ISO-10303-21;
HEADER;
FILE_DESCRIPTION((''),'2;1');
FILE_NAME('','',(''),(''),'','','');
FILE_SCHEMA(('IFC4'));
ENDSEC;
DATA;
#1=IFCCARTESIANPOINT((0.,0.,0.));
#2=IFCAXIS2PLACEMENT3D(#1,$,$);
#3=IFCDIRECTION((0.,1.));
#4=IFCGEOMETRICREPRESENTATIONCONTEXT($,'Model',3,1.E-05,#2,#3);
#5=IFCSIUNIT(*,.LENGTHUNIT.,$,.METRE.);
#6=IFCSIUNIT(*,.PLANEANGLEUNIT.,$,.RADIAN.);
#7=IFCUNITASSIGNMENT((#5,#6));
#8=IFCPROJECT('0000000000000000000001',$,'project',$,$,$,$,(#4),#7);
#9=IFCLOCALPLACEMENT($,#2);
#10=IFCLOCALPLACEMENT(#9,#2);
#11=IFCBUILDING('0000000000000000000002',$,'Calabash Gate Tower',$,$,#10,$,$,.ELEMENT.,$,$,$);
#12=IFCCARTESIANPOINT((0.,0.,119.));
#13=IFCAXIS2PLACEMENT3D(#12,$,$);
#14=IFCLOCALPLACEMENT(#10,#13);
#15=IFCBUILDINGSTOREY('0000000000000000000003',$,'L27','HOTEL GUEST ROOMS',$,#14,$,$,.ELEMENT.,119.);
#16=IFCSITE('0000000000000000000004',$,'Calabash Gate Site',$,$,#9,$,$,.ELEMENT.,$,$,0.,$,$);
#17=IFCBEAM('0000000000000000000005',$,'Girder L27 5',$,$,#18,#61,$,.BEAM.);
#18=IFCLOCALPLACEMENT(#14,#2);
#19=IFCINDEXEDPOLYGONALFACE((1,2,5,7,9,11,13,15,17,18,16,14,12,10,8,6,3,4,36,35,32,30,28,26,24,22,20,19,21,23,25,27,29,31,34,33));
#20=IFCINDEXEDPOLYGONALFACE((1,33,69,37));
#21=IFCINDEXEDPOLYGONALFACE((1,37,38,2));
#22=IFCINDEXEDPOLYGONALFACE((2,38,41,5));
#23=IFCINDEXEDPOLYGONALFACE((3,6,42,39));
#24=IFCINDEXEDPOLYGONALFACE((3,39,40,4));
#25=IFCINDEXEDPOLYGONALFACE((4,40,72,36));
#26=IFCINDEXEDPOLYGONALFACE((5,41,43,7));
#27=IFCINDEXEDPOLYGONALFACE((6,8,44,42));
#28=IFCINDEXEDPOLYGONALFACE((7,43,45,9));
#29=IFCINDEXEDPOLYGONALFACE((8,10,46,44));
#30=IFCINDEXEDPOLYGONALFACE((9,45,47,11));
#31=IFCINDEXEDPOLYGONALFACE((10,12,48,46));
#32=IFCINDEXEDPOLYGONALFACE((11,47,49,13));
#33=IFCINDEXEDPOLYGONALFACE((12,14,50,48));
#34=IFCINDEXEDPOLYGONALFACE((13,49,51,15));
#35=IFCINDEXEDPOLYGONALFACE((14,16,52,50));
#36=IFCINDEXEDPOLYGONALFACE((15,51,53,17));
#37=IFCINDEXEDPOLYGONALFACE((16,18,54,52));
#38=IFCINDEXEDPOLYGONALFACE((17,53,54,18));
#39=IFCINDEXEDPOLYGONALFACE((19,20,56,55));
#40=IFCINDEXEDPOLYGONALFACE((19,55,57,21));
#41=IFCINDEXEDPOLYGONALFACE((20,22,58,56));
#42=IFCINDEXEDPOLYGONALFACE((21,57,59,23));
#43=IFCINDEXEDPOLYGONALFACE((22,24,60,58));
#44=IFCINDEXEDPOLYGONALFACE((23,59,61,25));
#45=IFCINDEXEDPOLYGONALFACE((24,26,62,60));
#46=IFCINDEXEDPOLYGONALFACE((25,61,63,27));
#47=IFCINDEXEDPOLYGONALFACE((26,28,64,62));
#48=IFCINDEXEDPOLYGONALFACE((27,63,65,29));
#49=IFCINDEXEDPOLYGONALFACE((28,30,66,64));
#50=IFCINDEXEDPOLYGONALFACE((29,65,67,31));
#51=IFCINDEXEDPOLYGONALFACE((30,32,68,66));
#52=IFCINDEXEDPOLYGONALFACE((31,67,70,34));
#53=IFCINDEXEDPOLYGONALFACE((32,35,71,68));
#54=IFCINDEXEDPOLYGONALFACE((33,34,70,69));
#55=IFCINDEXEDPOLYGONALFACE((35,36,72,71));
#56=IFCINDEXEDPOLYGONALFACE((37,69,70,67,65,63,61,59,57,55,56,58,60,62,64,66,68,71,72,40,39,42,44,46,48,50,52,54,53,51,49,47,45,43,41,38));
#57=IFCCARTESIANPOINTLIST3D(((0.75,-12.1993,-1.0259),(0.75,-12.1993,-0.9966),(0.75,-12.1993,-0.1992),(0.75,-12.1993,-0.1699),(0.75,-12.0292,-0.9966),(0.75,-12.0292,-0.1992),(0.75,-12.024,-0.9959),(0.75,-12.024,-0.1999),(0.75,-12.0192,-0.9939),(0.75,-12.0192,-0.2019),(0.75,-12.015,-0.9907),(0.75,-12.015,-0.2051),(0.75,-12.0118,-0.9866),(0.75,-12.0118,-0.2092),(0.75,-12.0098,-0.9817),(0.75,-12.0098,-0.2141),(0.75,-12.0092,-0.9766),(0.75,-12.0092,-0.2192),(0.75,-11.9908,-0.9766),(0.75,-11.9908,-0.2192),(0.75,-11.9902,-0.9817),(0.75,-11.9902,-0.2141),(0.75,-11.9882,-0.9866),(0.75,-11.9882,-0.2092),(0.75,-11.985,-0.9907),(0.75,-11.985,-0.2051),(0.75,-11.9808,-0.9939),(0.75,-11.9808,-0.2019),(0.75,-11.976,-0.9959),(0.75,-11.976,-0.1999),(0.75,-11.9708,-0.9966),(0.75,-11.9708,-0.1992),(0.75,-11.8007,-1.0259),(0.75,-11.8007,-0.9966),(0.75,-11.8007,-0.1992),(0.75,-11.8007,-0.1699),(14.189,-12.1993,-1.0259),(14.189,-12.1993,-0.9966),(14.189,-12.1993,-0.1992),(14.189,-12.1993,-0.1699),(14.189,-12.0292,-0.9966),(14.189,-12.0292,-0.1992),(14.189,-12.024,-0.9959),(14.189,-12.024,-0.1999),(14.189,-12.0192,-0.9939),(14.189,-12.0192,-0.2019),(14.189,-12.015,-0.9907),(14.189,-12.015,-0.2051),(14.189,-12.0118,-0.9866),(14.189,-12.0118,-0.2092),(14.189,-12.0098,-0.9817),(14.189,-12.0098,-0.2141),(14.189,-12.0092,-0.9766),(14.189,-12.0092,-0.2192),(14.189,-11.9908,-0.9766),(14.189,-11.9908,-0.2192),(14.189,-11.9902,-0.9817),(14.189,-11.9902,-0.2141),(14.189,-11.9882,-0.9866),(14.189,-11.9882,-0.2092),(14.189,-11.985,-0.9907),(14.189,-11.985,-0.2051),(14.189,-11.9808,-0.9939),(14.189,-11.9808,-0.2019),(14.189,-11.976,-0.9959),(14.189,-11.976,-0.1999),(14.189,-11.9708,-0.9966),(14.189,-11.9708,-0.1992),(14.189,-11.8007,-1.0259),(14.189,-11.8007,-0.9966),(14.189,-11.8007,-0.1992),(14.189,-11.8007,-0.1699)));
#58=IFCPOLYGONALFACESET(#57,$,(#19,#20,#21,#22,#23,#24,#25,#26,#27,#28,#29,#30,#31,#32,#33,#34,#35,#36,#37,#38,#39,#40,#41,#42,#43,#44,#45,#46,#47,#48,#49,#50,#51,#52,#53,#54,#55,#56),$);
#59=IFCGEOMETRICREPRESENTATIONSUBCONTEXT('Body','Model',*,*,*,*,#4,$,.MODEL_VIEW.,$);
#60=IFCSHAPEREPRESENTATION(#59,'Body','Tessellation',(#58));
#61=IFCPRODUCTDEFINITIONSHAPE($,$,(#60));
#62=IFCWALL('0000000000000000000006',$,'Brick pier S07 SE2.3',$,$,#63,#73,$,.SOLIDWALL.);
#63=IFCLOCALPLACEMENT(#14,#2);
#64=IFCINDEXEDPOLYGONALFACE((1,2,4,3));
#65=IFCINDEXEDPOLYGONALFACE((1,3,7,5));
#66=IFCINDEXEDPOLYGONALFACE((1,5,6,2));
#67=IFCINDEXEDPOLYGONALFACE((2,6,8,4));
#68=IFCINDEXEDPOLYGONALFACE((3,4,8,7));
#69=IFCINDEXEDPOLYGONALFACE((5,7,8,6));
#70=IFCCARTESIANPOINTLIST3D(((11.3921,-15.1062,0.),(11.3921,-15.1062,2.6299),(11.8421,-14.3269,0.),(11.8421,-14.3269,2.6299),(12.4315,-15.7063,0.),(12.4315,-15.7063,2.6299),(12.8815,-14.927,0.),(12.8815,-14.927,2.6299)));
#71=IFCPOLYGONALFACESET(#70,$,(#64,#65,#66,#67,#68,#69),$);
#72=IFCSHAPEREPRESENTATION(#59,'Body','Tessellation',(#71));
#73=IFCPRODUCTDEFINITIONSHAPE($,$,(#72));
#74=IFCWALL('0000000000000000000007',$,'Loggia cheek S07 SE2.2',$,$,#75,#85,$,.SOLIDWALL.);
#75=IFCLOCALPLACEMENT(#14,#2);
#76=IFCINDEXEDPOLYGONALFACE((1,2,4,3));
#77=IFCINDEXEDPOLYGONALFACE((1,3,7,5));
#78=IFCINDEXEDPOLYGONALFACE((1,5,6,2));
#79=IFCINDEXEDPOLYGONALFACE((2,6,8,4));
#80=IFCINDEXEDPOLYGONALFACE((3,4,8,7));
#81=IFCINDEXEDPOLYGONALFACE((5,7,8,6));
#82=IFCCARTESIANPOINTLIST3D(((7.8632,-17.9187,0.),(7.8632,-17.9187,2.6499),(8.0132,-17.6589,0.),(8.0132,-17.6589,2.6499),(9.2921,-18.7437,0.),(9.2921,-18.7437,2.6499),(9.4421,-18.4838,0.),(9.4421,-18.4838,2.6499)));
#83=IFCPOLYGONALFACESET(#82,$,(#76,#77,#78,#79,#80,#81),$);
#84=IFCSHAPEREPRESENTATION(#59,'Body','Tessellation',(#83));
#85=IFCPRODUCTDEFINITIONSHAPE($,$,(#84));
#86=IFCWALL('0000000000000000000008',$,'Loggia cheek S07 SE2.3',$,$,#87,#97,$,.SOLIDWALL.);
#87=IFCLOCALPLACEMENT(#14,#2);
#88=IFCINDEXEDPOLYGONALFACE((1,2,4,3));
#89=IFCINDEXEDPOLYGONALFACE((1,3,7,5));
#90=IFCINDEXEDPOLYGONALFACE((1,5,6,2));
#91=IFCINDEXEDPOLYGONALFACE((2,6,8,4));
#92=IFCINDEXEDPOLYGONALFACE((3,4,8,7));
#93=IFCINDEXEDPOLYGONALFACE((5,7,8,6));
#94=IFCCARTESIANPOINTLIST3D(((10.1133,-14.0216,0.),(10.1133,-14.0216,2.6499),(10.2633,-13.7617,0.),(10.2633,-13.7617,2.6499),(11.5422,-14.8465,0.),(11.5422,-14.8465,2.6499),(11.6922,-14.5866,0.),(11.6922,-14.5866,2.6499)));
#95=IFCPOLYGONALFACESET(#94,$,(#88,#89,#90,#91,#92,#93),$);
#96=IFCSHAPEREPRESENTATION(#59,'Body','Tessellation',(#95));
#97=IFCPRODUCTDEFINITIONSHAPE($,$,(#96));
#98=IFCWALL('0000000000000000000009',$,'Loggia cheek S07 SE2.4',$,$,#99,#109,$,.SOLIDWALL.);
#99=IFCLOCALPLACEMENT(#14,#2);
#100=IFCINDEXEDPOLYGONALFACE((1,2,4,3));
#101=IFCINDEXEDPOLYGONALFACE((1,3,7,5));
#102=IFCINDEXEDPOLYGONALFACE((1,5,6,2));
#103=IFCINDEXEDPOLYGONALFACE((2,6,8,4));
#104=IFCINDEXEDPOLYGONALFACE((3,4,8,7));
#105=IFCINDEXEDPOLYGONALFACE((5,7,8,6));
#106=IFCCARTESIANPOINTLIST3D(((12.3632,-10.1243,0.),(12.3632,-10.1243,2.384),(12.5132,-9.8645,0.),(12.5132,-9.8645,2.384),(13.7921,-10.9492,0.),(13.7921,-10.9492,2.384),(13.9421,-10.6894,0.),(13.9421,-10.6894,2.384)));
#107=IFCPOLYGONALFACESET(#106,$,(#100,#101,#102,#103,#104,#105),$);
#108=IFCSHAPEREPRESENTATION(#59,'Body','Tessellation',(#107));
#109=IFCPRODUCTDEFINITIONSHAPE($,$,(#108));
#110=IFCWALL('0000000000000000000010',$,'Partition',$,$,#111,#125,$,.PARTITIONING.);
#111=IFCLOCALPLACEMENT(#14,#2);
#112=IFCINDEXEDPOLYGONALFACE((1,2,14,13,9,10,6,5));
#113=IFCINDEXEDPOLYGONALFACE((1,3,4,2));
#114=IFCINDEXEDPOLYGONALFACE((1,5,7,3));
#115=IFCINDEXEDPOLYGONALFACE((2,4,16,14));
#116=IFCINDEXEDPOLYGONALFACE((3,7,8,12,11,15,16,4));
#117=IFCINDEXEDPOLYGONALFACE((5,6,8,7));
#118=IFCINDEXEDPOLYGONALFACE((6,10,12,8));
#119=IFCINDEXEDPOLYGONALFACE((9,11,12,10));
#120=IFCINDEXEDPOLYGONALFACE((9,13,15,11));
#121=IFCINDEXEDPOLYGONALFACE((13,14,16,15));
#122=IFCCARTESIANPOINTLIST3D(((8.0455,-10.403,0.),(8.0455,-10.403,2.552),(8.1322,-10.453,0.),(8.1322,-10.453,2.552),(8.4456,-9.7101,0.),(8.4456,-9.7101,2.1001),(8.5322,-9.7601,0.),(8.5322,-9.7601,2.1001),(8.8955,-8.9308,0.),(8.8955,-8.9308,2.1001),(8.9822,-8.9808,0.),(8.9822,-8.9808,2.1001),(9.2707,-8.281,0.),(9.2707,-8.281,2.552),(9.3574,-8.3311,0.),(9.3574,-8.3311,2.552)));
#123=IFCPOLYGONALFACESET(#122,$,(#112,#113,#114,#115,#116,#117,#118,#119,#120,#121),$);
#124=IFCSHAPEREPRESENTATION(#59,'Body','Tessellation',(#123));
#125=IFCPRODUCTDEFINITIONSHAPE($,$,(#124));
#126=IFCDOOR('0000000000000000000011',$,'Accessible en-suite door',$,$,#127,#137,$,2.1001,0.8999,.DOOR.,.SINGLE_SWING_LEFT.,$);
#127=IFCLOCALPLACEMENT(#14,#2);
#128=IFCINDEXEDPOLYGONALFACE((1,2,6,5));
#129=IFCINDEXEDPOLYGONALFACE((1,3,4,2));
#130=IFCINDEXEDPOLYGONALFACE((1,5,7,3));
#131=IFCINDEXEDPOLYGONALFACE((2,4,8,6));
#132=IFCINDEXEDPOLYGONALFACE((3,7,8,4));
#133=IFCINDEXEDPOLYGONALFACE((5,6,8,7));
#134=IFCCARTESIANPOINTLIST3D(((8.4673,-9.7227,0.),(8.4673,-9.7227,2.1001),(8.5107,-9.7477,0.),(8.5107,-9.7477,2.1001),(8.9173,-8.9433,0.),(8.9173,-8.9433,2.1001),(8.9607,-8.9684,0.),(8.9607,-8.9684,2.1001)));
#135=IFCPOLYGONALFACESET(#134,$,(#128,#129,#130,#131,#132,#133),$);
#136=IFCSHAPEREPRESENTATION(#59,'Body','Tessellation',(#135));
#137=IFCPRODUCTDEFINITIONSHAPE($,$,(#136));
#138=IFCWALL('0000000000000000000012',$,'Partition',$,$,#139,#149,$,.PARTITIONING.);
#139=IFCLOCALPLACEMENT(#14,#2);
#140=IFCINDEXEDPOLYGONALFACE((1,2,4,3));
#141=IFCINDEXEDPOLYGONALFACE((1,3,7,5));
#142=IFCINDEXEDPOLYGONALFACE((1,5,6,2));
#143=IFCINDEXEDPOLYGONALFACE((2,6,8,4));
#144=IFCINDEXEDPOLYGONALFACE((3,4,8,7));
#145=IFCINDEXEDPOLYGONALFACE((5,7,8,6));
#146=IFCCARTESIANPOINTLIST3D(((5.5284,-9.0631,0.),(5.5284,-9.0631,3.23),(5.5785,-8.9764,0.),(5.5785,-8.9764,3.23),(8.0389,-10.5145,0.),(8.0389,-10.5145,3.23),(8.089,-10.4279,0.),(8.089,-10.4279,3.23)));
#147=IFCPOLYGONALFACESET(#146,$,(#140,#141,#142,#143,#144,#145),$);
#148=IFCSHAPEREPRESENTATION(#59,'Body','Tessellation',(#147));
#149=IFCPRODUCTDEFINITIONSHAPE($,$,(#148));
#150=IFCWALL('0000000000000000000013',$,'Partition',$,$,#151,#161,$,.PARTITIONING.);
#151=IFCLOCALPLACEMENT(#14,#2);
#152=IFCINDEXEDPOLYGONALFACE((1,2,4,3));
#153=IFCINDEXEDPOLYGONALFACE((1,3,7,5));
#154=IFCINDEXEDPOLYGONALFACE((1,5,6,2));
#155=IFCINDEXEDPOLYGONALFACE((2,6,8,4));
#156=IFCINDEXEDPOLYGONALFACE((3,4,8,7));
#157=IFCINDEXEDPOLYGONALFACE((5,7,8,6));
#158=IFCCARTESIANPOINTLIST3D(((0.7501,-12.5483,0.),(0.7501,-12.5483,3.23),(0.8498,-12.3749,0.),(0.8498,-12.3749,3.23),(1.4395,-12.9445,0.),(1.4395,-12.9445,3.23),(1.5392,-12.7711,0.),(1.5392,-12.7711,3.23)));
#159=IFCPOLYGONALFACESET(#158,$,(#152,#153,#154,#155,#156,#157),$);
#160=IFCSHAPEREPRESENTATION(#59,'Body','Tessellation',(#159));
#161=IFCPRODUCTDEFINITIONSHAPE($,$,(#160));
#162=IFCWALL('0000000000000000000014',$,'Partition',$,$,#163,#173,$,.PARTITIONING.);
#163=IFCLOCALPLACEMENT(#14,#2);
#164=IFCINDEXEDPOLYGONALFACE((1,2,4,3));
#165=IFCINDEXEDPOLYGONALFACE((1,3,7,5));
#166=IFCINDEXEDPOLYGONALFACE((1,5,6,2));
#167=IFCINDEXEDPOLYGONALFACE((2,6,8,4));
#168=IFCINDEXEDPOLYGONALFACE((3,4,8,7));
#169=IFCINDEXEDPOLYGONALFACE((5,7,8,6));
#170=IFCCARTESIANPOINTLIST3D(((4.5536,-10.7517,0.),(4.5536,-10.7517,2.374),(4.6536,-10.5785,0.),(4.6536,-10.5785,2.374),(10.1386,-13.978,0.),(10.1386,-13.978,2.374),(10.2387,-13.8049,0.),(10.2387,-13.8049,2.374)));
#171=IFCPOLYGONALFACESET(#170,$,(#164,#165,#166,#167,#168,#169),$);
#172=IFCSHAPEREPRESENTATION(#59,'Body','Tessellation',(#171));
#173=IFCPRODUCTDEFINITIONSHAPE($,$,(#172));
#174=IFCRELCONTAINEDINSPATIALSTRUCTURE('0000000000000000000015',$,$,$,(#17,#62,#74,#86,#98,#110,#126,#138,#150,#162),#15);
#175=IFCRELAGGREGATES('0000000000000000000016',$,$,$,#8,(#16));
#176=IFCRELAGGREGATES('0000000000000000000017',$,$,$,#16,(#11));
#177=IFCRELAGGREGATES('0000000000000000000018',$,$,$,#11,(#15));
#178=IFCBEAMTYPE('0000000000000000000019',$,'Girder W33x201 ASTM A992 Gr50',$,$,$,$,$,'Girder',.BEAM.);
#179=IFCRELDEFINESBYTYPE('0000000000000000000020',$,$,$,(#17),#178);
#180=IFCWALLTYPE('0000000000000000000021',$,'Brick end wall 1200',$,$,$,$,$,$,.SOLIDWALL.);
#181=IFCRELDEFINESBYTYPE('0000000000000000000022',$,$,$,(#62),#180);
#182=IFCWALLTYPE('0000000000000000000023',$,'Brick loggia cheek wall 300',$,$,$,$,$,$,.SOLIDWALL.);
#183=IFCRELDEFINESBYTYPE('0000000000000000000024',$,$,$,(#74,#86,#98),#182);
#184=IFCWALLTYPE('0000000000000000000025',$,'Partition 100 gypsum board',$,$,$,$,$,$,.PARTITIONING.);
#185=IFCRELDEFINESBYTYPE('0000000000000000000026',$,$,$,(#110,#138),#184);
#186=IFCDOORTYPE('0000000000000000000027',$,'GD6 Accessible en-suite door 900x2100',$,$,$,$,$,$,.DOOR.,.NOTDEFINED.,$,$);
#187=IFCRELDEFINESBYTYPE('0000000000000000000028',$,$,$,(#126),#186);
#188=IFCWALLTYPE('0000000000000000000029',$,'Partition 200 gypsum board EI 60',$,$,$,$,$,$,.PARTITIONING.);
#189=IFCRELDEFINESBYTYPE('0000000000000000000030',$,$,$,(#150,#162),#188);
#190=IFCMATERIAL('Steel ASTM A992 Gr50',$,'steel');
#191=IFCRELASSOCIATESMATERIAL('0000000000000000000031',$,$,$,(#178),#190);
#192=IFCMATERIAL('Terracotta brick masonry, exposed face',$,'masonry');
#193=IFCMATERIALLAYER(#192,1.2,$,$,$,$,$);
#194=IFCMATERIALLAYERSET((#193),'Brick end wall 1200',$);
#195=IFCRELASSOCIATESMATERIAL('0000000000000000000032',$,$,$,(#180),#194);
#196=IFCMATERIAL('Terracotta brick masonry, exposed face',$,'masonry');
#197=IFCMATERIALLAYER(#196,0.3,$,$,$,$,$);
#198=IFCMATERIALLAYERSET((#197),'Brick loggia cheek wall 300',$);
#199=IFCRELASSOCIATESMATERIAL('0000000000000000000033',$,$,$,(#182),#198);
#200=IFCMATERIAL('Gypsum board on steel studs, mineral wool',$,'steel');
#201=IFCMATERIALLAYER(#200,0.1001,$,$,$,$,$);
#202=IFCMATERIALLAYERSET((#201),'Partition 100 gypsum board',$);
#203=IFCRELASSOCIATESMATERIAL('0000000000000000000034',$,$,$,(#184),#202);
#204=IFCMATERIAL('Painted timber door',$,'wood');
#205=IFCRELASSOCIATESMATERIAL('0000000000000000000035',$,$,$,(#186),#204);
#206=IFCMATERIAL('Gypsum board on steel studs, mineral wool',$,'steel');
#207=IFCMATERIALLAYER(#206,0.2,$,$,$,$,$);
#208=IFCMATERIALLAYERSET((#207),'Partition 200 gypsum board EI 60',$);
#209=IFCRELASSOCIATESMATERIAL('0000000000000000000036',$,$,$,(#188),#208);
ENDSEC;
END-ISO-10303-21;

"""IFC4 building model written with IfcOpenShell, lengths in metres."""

from ifc_helpers import new_model, si_unit, direction, frame, frame_2d, origin, origin_2d, place, context, subcontext, project, spatial, rectangle, i_section, extrude, material, layer, layer_set, material_profile, profile_set, type_object, element, fill, save


model = new_model("IFC4")

# Units and contexts
model_context = context("Model", 3, precision=1e-05, world=origin(), true_north=direction((0.0, 1.0)))
body_context = subcontext(model_context, "Body", "Model", "MODEL_VIEW")
ifc_project = project(units=[si_unit("LENGTHUNIT", "METRE"), si_unit("PLANEANGLEUNIT", "RADIAN")], contexts=[model_context])

# Site, building, storey
site_placement = place(None, origin())
site = spatial("IfcSite", under=ifc_project, at=site_placement, Name="Calabash Gate Site", CompositionType="ELEMENT", RefElevation=0.0)
building_placement = place(site_placement, origin())
building = spatial("IfcBuilding", under=site, at=building_placement, Name="Calabash Gate Tower", CompositionType="ELEMENT")
storey_placement = place(building_placement, frame((0.0, 0.0, 119.0)))
storey = spatial("IfcBuildingStorey", under=building, at=storey_placement, Name="L27", Description="HOTEL GUEST ROOMS", CompositionType="ELEMENT", Elevation=119.0)

# Beam
ifc_material_1 = material(Name="Steel ASTM A992 Gr50", Category="steel")
ifc_material_profile_1 = material_profile(ifc_material_1, i_section(OverallWidth=0.3987, OverallDepth=0.856, WebThickness=0.0183, FlangeThickness=0.0293, FilletRadius=0.02, at=origin_2d()))
ifc_profile_set_1 = profile_set([ifc_material_profile_1], Name="Steel ASTM A992 Gr50")
beam_type_1 = type_object("IfcBeamType", Name="Girder W33x201 ASTM A992 Gr50", ElementType="Girder", PredefinedType="BEAM", material=ifc_profile_set_1)
beam_1_placement = place(storey_placement, frame((0.75, -12.0, -0.5979), z_axis=(1.0, 0.0, 0.0), x_axis=(0.0, 1.0, 0.0)))
element("IfcBeam", 1, at=beam_1_placement, inside=storey, type_object=beam_type_1, Name="Girder L27 5", PredefinedType="BEAM", context=body_context, shape_type="SweptSolid", body=[
    extrude(i_section(OverallWidth=0.3987, OverallDepth=0.856, WebThickness=0.0183, FlangeThickness=0.0293, FilletRadius=0.02, at=origin_2d()), origin(), (0.0, 0.0, 1.0), 13.439),
])

# Walls
ifc_material_2 = material(Name="Terracotta brick masonry, exposed face", Category="masonry")
ifc_layer_1 = layer(ifc_material_2, 1.2)
ifc_layer_set_1 = layer_set([ifc_layer_1], Name="Brick end wall 1200")
wall_type_1 = type_object("IfcWallType", Name="Brick end wall 1200", PredefinedType="SOLIDWALL", material=ifc_layer_set_1)
wall_1_placement = place(storey_placement, frame((12.6565, -15.3167, 0.0), z_axis=(0.0, 0.0, 1.0), x_axis=(-0.866006, 0.500034, 0.0)))
element("IfcWall", 2, at=wall_1_placement, inside=storey, type_object=wall_type_1, Name="Brick pier S07 SE2.3", PredefinedType="SOLIDWALL", context=body_context, shape_type="SweptSolid", body=[
    extrude(rectangle(XDim=1.2002, YDim=0.8999, at=frame_2d((0.6001, 0.0))), origin(), (0.0, 0.0, 1.0), 2.6299),
])
ifc_material_3 = material(Name="Terracotta brick masonry, exposed face", Category="masonry")
ifc_layer_2 = layer(ifc_material_3, 0.3)
ifc_layer_set_2 = layer_set([ifc_layer_2], Name="Brick loggia cheek wall 300")
wall_type_2 = type_object("IfcWallType", Name="Brick loggia cheek wall 300", PredefinedType="SOLIDWALL", material=ifc_layer_set_2)
for number, where, z_axis, x_axis, name in (
    (3, (7.9382, -17.7888, 0.0), (0.0, 0.0, 1.0), (0.86604, -0.499974, 0.0), "Loggia cheek S07 SE2.2"),
    (4, (11.6172, -14.7166, 0.0), (0.0, 0.0, 1.0), (-0.86604, 0.499974, 0.0), "Loggia cheek S07 SE2.3"),
):
    element("IfcWall", number, at=place(storey_placement, frame(where, z_axis=z_axis, x_axis=x_axis)), inside=storey, type_object=wall_type_2, Name=name, PredefinedType="SOLIDWALL", context=body_context, shape_type="SweptSolid", body=[
        extrude(rectangle(XDim=1.6499, YDim=0.3, at=frame_2d((0.825, 0.0))), origin(), (0.0, 0.0, 1.0), 2.6499),
    ])
wall_2_placement = place(storey_placement, frame((12.4382, -9.9944, 0.0), z_axis=(0.0, 0.0, 1.0), x_axis=(0.86604, -0.499974, 0.0)))
element("IfcWall", 5, at=wall_2_placement, inside=storey, type_object=wall_type_2, Name="Loggia cheek S07 SE2.4", PredefinedType="SOLIDWALL", context=body_context, shape_type="SweptSolid", body=[
    extrude(rectangle(XDim=1.6499, YDim=0.3, at=frame_2d((0.825, 0.0))), origin(), (0.0, 0.0, 1.0), 2.384),
])

# Wall, opening, door
ifc_material_4 = material(Name="Gypsum board on steel studs, mineral wool", Category="steel")
ifc_layer_3 = layer(ifc_material_4, 0.1001)
ifc_layer_set_3 = layer_set([ifc_layer_3], Name="Partition 100 gypsum board")
wall_type_3 = type_object("IfcWallType", Name="Partition 100 gypsum board", PredefinedType="PARTITIONING", material=ifc_layer_set_3)
wall_3_placement = place(storey_placement, frame((8.0889, -10.428, 0.0), z_axis=(0.0, 0.0, 1.0), x_axis=(0.500019, 0.866015, 0.0)))
wall_3 = element("IfcWall", 6, at=wall_3_placement, inside=storey, type_object=wall_type_3, Name="Partition", PredefinedType="PARTITIONING", context=body_context, shape_type="SweptSolid", body=[
    extrude(rectangle(XDim=2.4502, YDim=0.1001, at=frame_2d((1.2251, 0.0))), origin(), (0.0, 0.0, 1.0), 2.552),
])
opening_1_placement = place(wall_3_placement, frame((0.8, 0.0, 0.0)))
opening_1 = element("IfcOpeningElement", 7, at=opening_1_placement, cuts=wall_3, PredefinedType="OPENING", context=body_context, shape_type="SweptSolid", body=[
    extrude(rectangle(XDim=0.8999, YDim=2.1001, at=frame_2d((0.45, 1.05))), frame((0.0, 0.0601, 0.0), z_axis=(0.0, -1.0, 0.0), x_axis=(1.0, 0.0, 0.0)), (0.0, 0.0, 1.0), 0.1201),
])
ifc_material_5 = material(Name="Painted timber door", Category="wood")
door_type_1 = type_object("IfcDoorType", Name="GD6 Accessible en-suite door 900x2100", OperationType="NOTDEFINED", PredefinedType="DOOR", material=ifc_material_5)
door_1_placement = place(opening_1_placement, origin())
door_1 = element("IfcDoor", 8, at=door_1_placement, inside=storey, type_object=door_type_1, Name="Accessible en-suite door", OperationType="SINGLE_SWING_LEFT", OverallHeight=2.1001, OverallWidth=0.8999, PredefinedType="DOOR", context=body_context, shape_type="SweptSolid", body=[
    extrude(rectangle(XDim=0.8999, YDim=2.1001, at=frame_2d((0.45, 1.05))), frame((0.0, 0.0249, 0.0), z_axis=(0.0, -1.0, 0.0), x_axis=(1.0, 0.0, 0.0)), (0.0, 0.0, 1.0), 0.05),
])
fill(opening_1, door_1)

# Walls
wall_4_placement = place(storey_placement, frame((5.5535, -9.0198, 0.0), z_axis=(0.0, 0.0, 1.0), x_axis=(0.86573, -0.500512, 0.0)))
element("IfcWall", 9, at=wall_4_placement, inside=storey, type_object=wall_type_3, Name="Partition", PredefinedType="PARTITIONING", context=body_context, shape_type="SweptSolid", body=[
    extrude(rectangle(XDim=2.8999, YDim=0.1001, at=frame_2d((1.45, 0.0))), origin(), (0.0, 0.0, 1.0), 3.23),
])
ifc_material_6 = material(Name="Gypsum board on steel studs, mineral wool", Category="steel")
ifc_layer_4 = layer(ifc_material_6, 0.2)
ifc_layer_set_4 = layer_set([ifc_layer_4], Name="Partition 200 gypsum board EI 60")
wall_type_4 = type_object("IfcWallType", Name="Partition 200 gypsum board EI 60", PredefinedType="PARTITIONING", material=ifc_layer_set_4)
wall_5_placement = place(storey_placement, frame((0.8, -12.4617, 0.0), z_axis=(0.0, 0.0, 1.0), x_axis=(0.867012, -0.498287, 0.0)))
element("IfcWall", 10, at=wall_5_placement, inside=storey, type_object=wall_type_4, Name="Partition", PredefinedType="PARTITIONING", context=body_context, shape_type="SweptSolid", body=[
    extrude(rectangle(XDim=0.7952, YDim=0.2, at=frame_2d((0.3975, 0.0))), origin(), (0.0, 0.0, 1.0), 3.23),
])
wall_6_placement = place(storey_placement, frame((4.6035, -10.665, 0.0), z_axis=(0.0, 0.0, 1.0), x_axis=(0.865902, -0.500214, 0.0)))
element("IfcWall", 11, at=wall_6_placement, inside=storey, type_object=wall_type_4, Name="Partition", PredefinedType="PARTITIONING", context=body_context, shape_type="SweptSolid", body=[
    extrude(rectangle(XDim=6.45, YDim=0.2, at=frame_2d((3.2251, 0.0))), origin(), (0.0, 0.0, 1.0), 2.374),
])

save(model, "model.ifc")
